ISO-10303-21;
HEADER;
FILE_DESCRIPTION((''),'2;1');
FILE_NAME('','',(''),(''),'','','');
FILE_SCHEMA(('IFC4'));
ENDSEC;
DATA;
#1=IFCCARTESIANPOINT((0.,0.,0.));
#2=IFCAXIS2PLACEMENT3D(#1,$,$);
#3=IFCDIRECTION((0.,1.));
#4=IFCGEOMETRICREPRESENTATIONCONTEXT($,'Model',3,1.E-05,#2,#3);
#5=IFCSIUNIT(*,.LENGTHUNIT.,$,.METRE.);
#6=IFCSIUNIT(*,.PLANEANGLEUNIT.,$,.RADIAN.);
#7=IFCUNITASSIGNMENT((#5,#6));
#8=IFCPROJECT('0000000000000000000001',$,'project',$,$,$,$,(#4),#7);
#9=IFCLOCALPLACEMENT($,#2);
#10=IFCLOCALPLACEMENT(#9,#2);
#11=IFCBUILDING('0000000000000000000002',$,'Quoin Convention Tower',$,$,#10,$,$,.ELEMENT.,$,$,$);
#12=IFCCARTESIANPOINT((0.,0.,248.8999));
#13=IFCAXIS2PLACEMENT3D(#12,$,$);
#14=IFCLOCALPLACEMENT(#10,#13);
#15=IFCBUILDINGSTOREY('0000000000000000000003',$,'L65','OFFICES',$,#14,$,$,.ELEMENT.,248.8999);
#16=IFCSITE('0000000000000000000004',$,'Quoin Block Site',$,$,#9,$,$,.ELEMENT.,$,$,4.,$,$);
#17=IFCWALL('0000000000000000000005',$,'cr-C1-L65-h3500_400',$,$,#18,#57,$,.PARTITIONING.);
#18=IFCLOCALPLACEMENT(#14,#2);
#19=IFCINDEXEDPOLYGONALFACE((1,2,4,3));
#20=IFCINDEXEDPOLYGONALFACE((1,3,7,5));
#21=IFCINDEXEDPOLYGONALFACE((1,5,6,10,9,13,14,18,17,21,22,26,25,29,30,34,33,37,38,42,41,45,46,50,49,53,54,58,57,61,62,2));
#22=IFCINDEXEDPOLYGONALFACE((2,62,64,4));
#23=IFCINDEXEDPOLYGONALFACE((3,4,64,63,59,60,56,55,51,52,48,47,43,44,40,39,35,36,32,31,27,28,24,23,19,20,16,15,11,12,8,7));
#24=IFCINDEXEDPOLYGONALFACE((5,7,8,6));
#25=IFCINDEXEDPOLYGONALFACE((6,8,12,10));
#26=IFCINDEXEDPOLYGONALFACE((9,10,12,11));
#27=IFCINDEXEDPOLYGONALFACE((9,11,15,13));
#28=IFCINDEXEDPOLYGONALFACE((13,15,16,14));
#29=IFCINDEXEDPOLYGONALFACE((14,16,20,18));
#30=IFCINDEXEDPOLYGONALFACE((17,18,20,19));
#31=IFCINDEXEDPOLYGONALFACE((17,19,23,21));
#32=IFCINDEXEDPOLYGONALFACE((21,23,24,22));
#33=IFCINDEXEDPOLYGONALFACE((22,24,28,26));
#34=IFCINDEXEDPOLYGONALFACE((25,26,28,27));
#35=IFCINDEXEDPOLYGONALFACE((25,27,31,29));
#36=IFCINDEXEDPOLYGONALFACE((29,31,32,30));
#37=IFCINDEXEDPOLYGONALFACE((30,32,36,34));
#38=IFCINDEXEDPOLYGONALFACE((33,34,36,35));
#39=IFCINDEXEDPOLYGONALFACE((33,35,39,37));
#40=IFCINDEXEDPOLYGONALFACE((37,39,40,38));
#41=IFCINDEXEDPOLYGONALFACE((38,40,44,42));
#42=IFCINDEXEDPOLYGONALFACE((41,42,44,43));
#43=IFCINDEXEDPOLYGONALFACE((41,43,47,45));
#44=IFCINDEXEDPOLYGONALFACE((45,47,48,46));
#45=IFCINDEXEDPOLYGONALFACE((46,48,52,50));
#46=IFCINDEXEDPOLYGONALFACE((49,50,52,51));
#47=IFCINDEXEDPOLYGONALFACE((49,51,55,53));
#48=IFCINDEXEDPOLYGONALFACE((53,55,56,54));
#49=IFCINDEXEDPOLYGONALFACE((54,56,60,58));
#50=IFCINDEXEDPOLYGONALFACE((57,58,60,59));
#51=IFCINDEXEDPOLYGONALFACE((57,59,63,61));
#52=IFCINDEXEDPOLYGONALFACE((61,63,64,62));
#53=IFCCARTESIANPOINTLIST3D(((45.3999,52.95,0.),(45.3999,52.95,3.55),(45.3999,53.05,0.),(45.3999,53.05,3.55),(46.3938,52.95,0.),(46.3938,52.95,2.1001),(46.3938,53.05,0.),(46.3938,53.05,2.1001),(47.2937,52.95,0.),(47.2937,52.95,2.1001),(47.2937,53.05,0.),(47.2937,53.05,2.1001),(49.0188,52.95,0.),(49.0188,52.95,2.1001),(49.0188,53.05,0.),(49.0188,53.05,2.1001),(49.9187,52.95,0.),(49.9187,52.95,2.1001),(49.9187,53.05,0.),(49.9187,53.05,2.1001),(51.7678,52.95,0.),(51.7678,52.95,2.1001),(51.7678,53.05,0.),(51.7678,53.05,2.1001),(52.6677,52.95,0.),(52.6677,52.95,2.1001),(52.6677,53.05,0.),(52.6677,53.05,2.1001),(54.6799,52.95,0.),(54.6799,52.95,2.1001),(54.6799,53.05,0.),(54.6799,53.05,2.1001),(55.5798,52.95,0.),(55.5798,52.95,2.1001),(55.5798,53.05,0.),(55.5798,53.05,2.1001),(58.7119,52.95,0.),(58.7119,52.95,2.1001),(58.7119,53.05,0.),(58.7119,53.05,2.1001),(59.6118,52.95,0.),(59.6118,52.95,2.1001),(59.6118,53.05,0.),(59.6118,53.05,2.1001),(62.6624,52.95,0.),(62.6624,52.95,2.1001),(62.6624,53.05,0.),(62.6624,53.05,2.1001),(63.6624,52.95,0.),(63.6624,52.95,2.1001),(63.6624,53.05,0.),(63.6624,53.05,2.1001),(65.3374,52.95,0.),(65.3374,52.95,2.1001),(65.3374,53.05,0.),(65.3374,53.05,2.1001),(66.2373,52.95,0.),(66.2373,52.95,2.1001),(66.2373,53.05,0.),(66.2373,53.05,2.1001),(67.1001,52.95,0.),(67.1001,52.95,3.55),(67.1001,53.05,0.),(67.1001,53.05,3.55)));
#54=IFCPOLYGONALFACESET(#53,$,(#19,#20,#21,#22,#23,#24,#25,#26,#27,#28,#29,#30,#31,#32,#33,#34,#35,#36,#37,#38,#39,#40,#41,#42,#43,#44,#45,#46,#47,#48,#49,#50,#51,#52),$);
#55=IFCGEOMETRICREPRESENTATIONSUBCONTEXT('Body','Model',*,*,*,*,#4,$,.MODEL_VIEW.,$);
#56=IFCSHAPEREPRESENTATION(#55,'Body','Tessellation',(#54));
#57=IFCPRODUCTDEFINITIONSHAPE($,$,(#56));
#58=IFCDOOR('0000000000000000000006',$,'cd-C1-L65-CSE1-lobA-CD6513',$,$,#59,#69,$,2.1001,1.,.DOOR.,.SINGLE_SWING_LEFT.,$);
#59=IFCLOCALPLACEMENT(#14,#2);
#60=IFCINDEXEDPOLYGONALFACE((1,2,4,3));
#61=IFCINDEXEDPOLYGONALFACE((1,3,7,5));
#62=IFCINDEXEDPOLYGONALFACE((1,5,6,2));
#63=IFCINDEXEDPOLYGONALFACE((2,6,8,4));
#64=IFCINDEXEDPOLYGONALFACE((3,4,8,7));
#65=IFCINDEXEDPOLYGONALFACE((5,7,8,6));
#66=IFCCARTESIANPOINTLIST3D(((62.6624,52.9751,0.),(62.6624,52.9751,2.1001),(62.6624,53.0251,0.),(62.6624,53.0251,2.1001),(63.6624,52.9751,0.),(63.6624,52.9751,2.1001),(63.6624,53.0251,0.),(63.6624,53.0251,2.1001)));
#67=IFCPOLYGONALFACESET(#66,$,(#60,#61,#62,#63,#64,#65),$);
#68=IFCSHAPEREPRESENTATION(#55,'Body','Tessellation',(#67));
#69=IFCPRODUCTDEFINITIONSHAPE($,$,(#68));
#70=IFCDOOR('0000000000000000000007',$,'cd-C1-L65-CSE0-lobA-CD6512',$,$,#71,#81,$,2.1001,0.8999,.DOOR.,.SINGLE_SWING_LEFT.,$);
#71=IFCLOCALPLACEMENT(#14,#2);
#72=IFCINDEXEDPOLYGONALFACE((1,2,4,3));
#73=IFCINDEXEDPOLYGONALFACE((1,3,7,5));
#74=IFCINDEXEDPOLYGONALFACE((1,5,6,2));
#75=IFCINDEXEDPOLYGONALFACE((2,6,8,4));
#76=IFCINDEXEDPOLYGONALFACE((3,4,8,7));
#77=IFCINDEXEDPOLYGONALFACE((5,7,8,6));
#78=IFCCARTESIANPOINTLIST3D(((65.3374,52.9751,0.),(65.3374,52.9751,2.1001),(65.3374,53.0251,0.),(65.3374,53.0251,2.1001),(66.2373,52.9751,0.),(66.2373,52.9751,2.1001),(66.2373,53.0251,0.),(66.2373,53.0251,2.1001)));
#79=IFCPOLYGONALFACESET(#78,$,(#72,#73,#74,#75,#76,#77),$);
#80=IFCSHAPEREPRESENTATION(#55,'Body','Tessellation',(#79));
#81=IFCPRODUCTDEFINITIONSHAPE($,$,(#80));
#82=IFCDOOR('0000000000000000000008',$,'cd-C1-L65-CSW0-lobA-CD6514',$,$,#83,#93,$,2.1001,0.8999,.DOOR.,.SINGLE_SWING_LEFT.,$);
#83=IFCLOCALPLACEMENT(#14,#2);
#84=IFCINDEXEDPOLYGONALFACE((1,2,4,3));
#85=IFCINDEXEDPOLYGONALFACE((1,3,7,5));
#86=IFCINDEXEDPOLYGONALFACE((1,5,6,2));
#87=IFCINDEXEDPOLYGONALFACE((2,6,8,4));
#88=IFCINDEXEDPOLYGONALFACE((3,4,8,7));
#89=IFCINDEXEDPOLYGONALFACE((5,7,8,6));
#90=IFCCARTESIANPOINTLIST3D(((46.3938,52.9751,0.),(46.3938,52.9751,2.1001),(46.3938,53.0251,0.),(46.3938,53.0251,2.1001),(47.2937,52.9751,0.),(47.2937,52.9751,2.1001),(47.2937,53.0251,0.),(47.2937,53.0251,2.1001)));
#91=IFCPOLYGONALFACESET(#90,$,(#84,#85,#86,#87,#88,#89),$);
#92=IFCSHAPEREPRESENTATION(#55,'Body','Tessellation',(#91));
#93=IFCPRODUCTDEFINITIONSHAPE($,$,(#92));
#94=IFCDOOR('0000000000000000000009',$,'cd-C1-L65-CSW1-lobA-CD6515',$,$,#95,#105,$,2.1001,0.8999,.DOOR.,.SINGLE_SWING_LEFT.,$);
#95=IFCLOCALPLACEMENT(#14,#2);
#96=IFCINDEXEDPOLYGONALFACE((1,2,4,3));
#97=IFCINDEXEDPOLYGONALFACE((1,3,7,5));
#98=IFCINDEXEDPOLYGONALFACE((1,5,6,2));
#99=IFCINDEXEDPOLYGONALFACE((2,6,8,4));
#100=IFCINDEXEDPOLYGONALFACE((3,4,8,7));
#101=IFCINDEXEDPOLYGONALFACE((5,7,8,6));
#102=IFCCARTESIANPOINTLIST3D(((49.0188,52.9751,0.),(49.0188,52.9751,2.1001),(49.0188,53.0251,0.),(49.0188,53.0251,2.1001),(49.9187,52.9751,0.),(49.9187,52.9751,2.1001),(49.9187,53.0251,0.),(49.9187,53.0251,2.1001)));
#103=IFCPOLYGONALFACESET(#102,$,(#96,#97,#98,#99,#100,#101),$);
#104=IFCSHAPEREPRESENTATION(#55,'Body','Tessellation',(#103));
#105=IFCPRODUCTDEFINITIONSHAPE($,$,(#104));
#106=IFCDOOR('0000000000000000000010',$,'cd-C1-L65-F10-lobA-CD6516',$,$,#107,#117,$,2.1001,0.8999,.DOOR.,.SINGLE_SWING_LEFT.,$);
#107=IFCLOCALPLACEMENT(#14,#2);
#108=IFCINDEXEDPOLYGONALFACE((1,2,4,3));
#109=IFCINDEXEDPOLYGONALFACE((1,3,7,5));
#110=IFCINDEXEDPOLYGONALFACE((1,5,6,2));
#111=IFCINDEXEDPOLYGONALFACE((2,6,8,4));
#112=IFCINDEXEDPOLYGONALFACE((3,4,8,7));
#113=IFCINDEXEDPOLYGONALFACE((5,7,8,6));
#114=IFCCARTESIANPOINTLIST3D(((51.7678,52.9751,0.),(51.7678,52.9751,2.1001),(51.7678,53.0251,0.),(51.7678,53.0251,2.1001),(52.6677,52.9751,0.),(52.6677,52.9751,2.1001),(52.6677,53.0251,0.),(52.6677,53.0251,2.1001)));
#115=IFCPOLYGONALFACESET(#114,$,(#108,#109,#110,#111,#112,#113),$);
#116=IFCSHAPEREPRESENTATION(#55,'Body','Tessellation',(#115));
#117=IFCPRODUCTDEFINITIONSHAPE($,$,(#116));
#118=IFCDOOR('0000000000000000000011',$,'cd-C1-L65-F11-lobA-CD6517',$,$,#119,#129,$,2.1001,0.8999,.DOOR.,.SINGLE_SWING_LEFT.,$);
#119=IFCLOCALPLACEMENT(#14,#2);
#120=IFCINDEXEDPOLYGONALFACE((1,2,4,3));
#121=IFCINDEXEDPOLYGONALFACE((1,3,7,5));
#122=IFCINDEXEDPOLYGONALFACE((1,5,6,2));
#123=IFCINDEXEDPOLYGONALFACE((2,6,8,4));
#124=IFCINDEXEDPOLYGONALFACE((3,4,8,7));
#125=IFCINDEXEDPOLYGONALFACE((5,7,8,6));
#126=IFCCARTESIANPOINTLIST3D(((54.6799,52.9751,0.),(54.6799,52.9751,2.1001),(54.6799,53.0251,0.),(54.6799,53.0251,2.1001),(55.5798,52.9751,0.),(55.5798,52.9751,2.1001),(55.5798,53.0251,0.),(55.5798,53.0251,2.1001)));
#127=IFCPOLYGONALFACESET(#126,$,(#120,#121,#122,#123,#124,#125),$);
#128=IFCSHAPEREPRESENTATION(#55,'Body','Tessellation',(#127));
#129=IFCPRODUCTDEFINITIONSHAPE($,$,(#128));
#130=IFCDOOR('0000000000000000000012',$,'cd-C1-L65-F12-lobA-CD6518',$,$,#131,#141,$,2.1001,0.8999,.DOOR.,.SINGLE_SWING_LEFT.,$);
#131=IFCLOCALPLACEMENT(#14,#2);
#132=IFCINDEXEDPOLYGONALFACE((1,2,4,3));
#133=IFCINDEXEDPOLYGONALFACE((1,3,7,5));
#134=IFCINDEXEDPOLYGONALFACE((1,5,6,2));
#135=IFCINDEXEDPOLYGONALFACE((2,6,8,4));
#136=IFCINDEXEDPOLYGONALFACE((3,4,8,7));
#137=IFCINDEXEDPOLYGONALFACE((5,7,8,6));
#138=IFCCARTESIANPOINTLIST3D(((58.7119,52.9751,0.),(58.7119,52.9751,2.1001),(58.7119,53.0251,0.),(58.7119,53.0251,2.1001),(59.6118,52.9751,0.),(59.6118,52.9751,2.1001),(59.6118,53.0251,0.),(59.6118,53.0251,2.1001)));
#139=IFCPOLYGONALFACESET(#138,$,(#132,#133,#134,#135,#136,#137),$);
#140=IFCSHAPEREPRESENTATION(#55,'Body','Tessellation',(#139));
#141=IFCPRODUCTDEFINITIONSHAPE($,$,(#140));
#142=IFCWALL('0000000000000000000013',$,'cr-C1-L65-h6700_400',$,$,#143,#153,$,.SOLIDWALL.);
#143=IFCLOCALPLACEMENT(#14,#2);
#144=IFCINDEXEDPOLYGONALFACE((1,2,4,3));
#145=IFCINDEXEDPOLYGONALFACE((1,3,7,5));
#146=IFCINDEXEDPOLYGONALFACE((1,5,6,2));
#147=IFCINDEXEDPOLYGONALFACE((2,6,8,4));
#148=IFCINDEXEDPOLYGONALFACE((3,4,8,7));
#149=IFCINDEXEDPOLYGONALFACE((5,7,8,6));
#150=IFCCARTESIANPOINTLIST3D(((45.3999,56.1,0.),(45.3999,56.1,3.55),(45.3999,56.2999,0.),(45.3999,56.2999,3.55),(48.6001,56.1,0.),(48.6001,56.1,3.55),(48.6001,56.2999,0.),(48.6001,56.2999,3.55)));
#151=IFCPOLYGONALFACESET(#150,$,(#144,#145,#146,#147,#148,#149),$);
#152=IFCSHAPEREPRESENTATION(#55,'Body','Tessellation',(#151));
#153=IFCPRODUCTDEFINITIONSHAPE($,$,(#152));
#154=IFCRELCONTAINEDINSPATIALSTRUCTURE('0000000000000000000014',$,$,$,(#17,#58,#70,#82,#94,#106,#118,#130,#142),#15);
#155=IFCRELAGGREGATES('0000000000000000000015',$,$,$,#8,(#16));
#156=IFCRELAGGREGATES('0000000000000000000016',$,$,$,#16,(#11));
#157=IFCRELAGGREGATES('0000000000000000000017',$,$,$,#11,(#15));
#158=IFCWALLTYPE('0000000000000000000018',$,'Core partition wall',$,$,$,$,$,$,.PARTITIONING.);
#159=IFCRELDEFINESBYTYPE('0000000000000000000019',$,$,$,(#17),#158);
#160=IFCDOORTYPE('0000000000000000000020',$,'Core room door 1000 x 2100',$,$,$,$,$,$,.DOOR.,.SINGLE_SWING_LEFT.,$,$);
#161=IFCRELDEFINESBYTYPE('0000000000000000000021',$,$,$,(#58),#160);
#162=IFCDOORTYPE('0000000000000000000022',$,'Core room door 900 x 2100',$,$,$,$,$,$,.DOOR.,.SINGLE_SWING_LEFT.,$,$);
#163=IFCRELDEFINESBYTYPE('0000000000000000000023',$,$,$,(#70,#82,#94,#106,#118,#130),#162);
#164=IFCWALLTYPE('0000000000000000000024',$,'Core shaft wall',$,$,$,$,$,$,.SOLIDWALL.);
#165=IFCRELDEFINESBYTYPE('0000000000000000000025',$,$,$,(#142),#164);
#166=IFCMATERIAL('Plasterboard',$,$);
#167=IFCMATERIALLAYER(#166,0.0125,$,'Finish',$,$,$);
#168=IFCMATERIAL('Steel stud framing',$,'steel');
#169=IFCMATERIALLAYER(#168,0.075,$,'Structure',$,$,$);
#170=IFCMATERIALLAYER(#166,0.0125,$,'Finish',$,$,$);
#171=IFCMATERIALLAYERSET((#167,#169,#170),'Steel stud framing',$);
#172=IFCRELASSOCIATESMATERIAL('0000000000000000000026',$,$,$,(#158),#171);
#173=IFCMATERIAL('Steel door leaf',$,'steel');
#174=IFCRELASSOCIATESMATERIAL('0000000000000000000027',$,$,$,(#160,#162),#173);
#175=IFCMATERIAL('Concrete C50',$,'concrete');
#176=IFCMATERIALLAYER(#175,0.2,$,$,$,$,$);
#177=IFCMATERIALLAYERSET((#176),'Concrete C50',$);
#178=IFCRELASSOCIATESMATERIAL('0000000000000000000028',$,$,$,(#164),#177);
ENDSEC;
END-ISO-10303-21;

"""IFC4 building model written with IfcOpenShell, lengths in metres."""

from ifc_helpers import new_model, si_unit, direction, frame, frame_2d, origin, place, context, subcontext, project, spatial, rectangle, extrude, material, layer, layer_set, type_object, element, fill, save


model = new_model("IFC4")

# Units and contexts
model_context = context("Model", 3, precision=1e-05, world=origin(), true_north=direction((0.0, 1.0)))
body_context = subcontext(model_context, "Body", "Model", "MODEL_VIEW")
ifc_project = project(units=[si_unit("LENGTHUNIT", "METRE"), si_unit("PLANEANGLEUNIT", "RADIAN")], contexts=[model_context])

# Site, building, storey
site_placement = place(None, origin())
site = spatial("IfcSite", under=ifc_project, at=site_placement, Name="Quoin Block Site", CompositionType="ELEMENT", RefElevation=4.0)
building_placement = place(site_placement, origin())
building = spatial("IfcBuilding", under=site, at=building_placement, Name="Quoin Convention Tower", CompositionType="ELEMENT")
storey_placement = place(building_placement, frame((0.0, 0.0, 248.8999)))
storey = spatial("IfcBuildingStorey", under=building, at=storey_placement, Name="L65", Description="OFFICES", CompositionType="ELEMENT", Elevation=248.8999)

# Wall, openings, doors
ifc_material_1 = material(Name="Plasterboard")
ifc_layer_1 = layer(ifc_material_1, 0.0125, Name="Finish")
ifc_material_2 = material(Name="Steel stud framing", Category="steel")
ifc_layer_2 = layer(ifc_material_2, 0.075, Name="Structure")
ifc_layer_3 = layer(ifc_material_1, 0.0125, Name="Finish")
ifc_layer_set_1 = layer_set([ifc_layer_1, ifc_layer_2, ifc_layer_3], Name="Steel stud framing")
wall_type_1 = type_object("IfcWallType", Name="Core partition wall", PredefinedType="PARTITIONING", material=ifc_layer_set_1)
wall_1_placement = place(storey_placement, frame((45.3999, 53.0, 0.0), z_axis=(0.0, 0.0, 1.0), x_axis=(1.0, 0.0, 0.0)))
wall_1 = element("IfcWall", 1, at=wall_1_placement, inside=storey, type_object=wall_type_1, Name="cr-C1-L65-h3500_400", PredefinedType="PARTITIONING", context=body_context, shape_type="SweptSolid", body=[
    extrude(rectangle(XDim=21.7002, YDim=0.1001, at=frame_2d((10.8501, 0.0))), origin(), (0.0, 0.0, 1.0), 3.55),
])
opening_1_placement = place(wall_1_placement, frame((19.9375, 0.0, 0.0)))
opening_1 = element("IfcOpeningElement", 2, at=opening_1_placement, cuts=wall_1, PredefinedType="OPENING", context=body_context, shape_type="SweptSolid", body=[
    extrude(rectangle(XDim=0.8999, YDim=2.1001, at=frame_2d((0.45, 1.05))), frame((0.0, 0.0601, 0.0), z_axis=(0.0, -1.0, 0.0), x_axis=(1.0, 0.0, 0.0)), (0.0, 0.0, 1.0), 0.1201),
])
opening_2_placement = place(wall_1_placement, frame((17.2625, 0.0, 0.0)))
opening_2 = element("IfcOpeningElement", 3, at=opening_2_placement, cuts=wall_1, PredefinedType="OPENING", context=body_context, shape_type="SweptSolid", body=[
    extrude(rectangle(XDim=1.0, YDim=2.1001, at=frame_2d((0.5, 1.05))), frame((0.0, 0.0601, 0.0), z_axis=(0.0, -1.0, 0.0), x_axis=(1.0, 0.0, 0.0)), (0.0, 0.0, 1.0), 0.1201),
])
opening_3_placement = place(wall_1_placement, frame((0.9939, 0.0, 0.0)))
opening_3 = element("IfcOpeningElement", 4, at=opening_3_placement, cuts=wall_1, PredefinedType="OPENING", context=body_context, shape_type="SweptSolid", body=[
    extrude(rectangle(XDim=0.8999, YDim=2.1001, at=frame_2d((0.45, 1.05))), frame((0.0, 0.0601, 0.0), z_axis=(0.0, -1.0, 0.0), x_axis=(1.0, 0.0, 0.0)), (0.0, 0.0, 1.0), 0.1201),
])
opening_4_placement = place(wall_1_placement, frame((3.6189, 0.0, 0.0)))
opening_4 = element("IfcOpeningElement", 5, at=opening_4_placement, cuts=wall_1, PredefinedType="OPENING", context=body_context, shape_type="SweptSolid", body=[
    extrude(rectangle(XDim=0.8999, YDim=2.1001, at=frame_2d((0.45, 1.05))), frame((0.0, 0.0601, 0.0), z_axis=(0.0, -1.0, 0.0), x_axis=(1.0, 0.0, 0.0)), (0.0, 0.0, 1.0), 0.1201),
])
opening_5_placement = place(wall_1_placement, frame((6.3679, 0.0, 0.0)))
opening_5 = element("IfcOpeningElement", 6, at=opening_5_placement, cuts=wall_1, PredefinedType="OPENING", context=body_context, shape_type="SweptSolid", body=[
    extrude(rectangle(XDim=0.8999, YDim=2.1001, at=frame_2d((0.45, 1.05))), frame((0.0, 0.0601, 0.0), z_axis=(0.0, -1.0, 0.0), x_axis=(1.0, 0.0, 0.0)), (0.0, 0.0, 1.0), 0.1201),
])
opening_6_placement = place(wall_1_placement, frame((9.28, 0.0, 0.0)))
opening_6 = element("IfcOpeningElement", 7, at=opening_6_placement, cuts=wall_1, PredefinedType="OPENING", context=body_context, shape_type="SweptSolid", body=[
    extrude(rectangle(XDim=0.8999, YDim=2.1001, at=frame_2d((0.45, 1.05))), frame((0.0, 0.0601, 0.0), z_axis=(0.0, -1.0, 0.0), x_axis=(1.0, 0.0, 0.0)), (0.0, 0.0, 1.0), 0.1201),
])
opening_7_placement = place(wall_1_placement, frame((13.312, 0.0, 0.0)))
opening_7 = element("IfcOpeningElement", 8, at=opening_7_placement, cuts=wall_1, PredefinedType="OPENING", context=body_context, shape_type="SweptSolid", body=[
    extrude(rectangle(XDim=0.8999, YDim=2.1001, at=frame_2d((0.45, 1.05))), frame((0.0, 0.0601, 0.0), z_axis=(0.0, -1.0, 0.0), x_axis=(1.0, 0.0, 0.0)), (0.0, 0.0, 1.0), 0.1201),
])
ifc_material_3 = material(Name="Steel door leaf", Category="steel")
door_type_1 = type_object("IfcDoorType", Name="Core room door 1000 x 2100", OperationType="SINGLE_SWING_LEFT", PredefinedType="DOOR", material=ifc_material_3)
door_1_placement = place(opening_2_placement, frame((1.0, 0.0, 0.0), z_axis=(0.0, 0.0, 1.0), x_axis=(-1.0, 0.0, 0.0)))
door_1 = element("IfcDoor", 9, at=door_1_placement, inside=storey, type_object=door_type_1, Name="cd-C1-L65-CSE1-lobA-CD6513", OperationType="SINGLE_SWING_LEFT", OverallHeight=2.1001, OverallWidth=1.0, PredefinedType="DOOR", context=body_context, shape_type="SweptSolid", body=[
    extrude(rectangle(XDim=1.0, YDim=2.1001, at=frame_2d((0.5, 1.05))), frame((0.0, 0.0249, 0.0), z_axis=(0.0, -1.0, 0.0), x_axis=(1.0, 0.0, 0.0)), (0.0, 0.0, 1.0), 0.05),
])
fill(opening_2, door_1)
door_type_2 = type_object("IfcDoorType", Name="Core room door 900 x 2100", OperationType="SINGLE_SWING_LEFT", PredefinedType="DOOR", material=ifc_material_3)
door_2_placement = place(opening_1_placement, frame((0.8999, 0.0, 0.0), z_axis=(0.0, 0.0, 1.0), x_axis=(-1.0, 0.0, 0.0)))
door_2 = element("IfcDoor", 10, at=door_2_placement, inside=storey, type_object=door_type_2, Name="cd-C1-L65-CSE0-lobA-CD6512", OperationType="SINGLE_SWING_LEFT", OverallHeight=2.1001, OverallWidth=0.8999, PredefinedType="DOOR", context=body_context, shape_type="SweptSolid", body=[
    extrude(rectangle(XDim=0.8999, YDim=2.1001, at=frame_2d((0.45, 1.05))), frame((0.0, 0.0249, 0.0), z_axis=(0.0, -1.0, 0.0), x_axis=(1.0, 0.0, 0.0)), (0.0, 0.0, 1.0), 0.05),
])
fill(opening_1, door_2)
door_3_placement = place(opening_3_placement, frame((0.8999, 0.0, 0.0), z_axis=(0.0, 0.0, 1.0), x_axis=(-1.0, 0.0, 0.0)))
door_3 = element("IfcDoor", 11, at=door_3_placement, inside=storey, type_object=door_type_2, Name="cd-C1-L65-CSW0-lobA-CD6514", OperationType="SINGLE_SWING_LEFT", OverallHeight=2.1001, OverallWidth=0.8999, PredefinedType="DOOR", context=body_context, shape_type="SweptSolid", body=[
    extrude(rectangle(XDim=0.8999, YDim=2.1001, at=frame_2d((0.45, 1.05))), frame((0.0, 0.0249, 0.0), z_axis=(0.0, -1.0, 0.0), x_axis=(1.0, 0.0, 0.0)), (0.0, 0.0, 1.0), 0.05),
])
fill(opening_3, door_3)
door_4_placement = place(opening_4_placement, frame((0.8999, 0.0, 0.0), z_axis=(0.0, 0.0, 1.0), x_axis=(-1.0, 0.0, 0.0)))
door_4 = element("IfcDoor", 12, at=door_4_placement, inside=storey, type_object=door_type_2, Name="cd-C1-L65-CSW1-lobA-CD6515", OperationType="SINGLE_SWING_LEFT", OverallHeight=2.1001, OverallWidth=0.8999, PredefinedType="DOOR", context=body_context, shape_type="SweptSolid", body=[
    extrude(rectangle(XDim=0.8999, YDim=2.1001, at=frame_2d((0.45, 1.05))), frame((0.0, 0.0249, 0.0), z_axis=(0.0, -1.0, 0.0), x_axis=(1.0, 0.0, 0.0)), (0.0, 0.0, 1.0), 0.05),
])
fill(opening_4, door_4)
door_5_placement = place(opening_5_placement, frame((0.8999, 0.0, 0.0), z_axis=(0.0, 0.0, 1.0), x_axis=(-1.0, 0.0, 0.0)))
door_5 = element("IfcDoor", 13, at=door_5_placement, inside=storey, type_object=door_type_2, Name="cd-C1-L65-F10-lobA-CD6516", OperationType="SINGLE_SWING_LEFT", OverallHeight=2.1001, OverallWidth=0.8999, PredefinedType="DOOR", context=body_context, shape_type="SweptSolid", body=[
    extrude(rectangle(XDim=0.8999, YDim=2.1001, at=frame_2d((0.45, 1.05))), frame((0.0, 0.0249, 0.0), z_axis=(0.0, -1.0, 0.0), x_axis=(1.0, 0.0, 0.0)), (0.0, 0.0, 1.0), 0.05),
])
fill(opening_5, door_5)
door_6_placement = place(opening_6_placement, frame((0.8999, 0.0, 0.0), z_axis=(0.0, 0.0, 1.0), x_axis=(-1.0, 0.0, 0.0)))
door_6 = element("IfcDoor", 14, at=door_6_placement, inside=storey, type_object=door_type_2, Name="cd-C1-L65-F11-lobA-CD6517", OperationType="SINGLE_SWING_LEFT", OverallHeight=2.1001, OverallWidth=0.8999, PredefinedType="DOOR", context=body_context, shape_type="SweptSolid", body=[
    extrude(rectangle(XDim=0.8999, YDim=2.1001, at=frame_2d((0.45, 1.05))), frame((0.0, 0.0249, 0.0), z_axis=(0.0, -1.0, 0.0), x_axis=(1.0, 0.0, 0.0)), (0.0, 0.0, 1.0), 0.05),
])
fill(opening_6, door_6)
door_7_placement = place(opening_7_placement, frame((0.8999, 0.0, 0.0), z_axis=(0.0, 0.0, 1.0), x_axis=(-1.0, 0.0, 0.0)))
door_7 = element("IfcDoor", 15, at=door_7_placement, inside=storey, type_object=door_type_2, Name="cd-C1-L65-F12-lobA-CD6518", OperationType="SINGLE_SWING_LEFT", OverallHeight=2.1001, OverallWidth=0.8999, PredefinedType="DOOR", context=body_context, shape_type="SweptSolid", body=[
    extrude(rectangle(XDim=0.8999, YDim=2.1001, at=frame_2d((0.45, 1.05))), frame((0.0, 0.0249, 0.0), z_axis=(0.0, -1.0, 0.0), x_axis=(1.0, 0.0, 0.0)), (0.0, 0.0, 1.0), 0.05),
])
fill(opening_7, door_7)

# Wall
ifc_material_4 = material(Name="Concrete C50", Category="concrete")
ifc_layer_4 = layer(ifc_material_4, 0.2)
ifc_layer_set_2 = layer_set([ifc_layer_4], Name="Concrete C50")
wall_type_2 = type_object("IfcWallType", Name="Core shaft wall", PredefinedType="SOLIDWALL", material=ifc_layer_set_2)
wall_2_placement = place(storey_placement, frame((45.3999, 56.2, 0.0), z_axis=(0.0, 0.0, 1.0), x_axis=(1.0, 0.0, 0.0)))
element("IfcWall", 16, at=wall_2_placement, inside=storey, type_object=wall_type_2, Name="cr-C1-L65-h6700_400", PredefinedType="SOLIDWALL", context=body_context, shape_type="SweptSolid", body=[
    extrude(rectangle(XDim=3.2002, YDim=0.2, at=frame_2d((1.6001, 0.0))), origin(), (0.0, 0.0, 1.0), 3.55),
])

save(model, "model.ifc")
